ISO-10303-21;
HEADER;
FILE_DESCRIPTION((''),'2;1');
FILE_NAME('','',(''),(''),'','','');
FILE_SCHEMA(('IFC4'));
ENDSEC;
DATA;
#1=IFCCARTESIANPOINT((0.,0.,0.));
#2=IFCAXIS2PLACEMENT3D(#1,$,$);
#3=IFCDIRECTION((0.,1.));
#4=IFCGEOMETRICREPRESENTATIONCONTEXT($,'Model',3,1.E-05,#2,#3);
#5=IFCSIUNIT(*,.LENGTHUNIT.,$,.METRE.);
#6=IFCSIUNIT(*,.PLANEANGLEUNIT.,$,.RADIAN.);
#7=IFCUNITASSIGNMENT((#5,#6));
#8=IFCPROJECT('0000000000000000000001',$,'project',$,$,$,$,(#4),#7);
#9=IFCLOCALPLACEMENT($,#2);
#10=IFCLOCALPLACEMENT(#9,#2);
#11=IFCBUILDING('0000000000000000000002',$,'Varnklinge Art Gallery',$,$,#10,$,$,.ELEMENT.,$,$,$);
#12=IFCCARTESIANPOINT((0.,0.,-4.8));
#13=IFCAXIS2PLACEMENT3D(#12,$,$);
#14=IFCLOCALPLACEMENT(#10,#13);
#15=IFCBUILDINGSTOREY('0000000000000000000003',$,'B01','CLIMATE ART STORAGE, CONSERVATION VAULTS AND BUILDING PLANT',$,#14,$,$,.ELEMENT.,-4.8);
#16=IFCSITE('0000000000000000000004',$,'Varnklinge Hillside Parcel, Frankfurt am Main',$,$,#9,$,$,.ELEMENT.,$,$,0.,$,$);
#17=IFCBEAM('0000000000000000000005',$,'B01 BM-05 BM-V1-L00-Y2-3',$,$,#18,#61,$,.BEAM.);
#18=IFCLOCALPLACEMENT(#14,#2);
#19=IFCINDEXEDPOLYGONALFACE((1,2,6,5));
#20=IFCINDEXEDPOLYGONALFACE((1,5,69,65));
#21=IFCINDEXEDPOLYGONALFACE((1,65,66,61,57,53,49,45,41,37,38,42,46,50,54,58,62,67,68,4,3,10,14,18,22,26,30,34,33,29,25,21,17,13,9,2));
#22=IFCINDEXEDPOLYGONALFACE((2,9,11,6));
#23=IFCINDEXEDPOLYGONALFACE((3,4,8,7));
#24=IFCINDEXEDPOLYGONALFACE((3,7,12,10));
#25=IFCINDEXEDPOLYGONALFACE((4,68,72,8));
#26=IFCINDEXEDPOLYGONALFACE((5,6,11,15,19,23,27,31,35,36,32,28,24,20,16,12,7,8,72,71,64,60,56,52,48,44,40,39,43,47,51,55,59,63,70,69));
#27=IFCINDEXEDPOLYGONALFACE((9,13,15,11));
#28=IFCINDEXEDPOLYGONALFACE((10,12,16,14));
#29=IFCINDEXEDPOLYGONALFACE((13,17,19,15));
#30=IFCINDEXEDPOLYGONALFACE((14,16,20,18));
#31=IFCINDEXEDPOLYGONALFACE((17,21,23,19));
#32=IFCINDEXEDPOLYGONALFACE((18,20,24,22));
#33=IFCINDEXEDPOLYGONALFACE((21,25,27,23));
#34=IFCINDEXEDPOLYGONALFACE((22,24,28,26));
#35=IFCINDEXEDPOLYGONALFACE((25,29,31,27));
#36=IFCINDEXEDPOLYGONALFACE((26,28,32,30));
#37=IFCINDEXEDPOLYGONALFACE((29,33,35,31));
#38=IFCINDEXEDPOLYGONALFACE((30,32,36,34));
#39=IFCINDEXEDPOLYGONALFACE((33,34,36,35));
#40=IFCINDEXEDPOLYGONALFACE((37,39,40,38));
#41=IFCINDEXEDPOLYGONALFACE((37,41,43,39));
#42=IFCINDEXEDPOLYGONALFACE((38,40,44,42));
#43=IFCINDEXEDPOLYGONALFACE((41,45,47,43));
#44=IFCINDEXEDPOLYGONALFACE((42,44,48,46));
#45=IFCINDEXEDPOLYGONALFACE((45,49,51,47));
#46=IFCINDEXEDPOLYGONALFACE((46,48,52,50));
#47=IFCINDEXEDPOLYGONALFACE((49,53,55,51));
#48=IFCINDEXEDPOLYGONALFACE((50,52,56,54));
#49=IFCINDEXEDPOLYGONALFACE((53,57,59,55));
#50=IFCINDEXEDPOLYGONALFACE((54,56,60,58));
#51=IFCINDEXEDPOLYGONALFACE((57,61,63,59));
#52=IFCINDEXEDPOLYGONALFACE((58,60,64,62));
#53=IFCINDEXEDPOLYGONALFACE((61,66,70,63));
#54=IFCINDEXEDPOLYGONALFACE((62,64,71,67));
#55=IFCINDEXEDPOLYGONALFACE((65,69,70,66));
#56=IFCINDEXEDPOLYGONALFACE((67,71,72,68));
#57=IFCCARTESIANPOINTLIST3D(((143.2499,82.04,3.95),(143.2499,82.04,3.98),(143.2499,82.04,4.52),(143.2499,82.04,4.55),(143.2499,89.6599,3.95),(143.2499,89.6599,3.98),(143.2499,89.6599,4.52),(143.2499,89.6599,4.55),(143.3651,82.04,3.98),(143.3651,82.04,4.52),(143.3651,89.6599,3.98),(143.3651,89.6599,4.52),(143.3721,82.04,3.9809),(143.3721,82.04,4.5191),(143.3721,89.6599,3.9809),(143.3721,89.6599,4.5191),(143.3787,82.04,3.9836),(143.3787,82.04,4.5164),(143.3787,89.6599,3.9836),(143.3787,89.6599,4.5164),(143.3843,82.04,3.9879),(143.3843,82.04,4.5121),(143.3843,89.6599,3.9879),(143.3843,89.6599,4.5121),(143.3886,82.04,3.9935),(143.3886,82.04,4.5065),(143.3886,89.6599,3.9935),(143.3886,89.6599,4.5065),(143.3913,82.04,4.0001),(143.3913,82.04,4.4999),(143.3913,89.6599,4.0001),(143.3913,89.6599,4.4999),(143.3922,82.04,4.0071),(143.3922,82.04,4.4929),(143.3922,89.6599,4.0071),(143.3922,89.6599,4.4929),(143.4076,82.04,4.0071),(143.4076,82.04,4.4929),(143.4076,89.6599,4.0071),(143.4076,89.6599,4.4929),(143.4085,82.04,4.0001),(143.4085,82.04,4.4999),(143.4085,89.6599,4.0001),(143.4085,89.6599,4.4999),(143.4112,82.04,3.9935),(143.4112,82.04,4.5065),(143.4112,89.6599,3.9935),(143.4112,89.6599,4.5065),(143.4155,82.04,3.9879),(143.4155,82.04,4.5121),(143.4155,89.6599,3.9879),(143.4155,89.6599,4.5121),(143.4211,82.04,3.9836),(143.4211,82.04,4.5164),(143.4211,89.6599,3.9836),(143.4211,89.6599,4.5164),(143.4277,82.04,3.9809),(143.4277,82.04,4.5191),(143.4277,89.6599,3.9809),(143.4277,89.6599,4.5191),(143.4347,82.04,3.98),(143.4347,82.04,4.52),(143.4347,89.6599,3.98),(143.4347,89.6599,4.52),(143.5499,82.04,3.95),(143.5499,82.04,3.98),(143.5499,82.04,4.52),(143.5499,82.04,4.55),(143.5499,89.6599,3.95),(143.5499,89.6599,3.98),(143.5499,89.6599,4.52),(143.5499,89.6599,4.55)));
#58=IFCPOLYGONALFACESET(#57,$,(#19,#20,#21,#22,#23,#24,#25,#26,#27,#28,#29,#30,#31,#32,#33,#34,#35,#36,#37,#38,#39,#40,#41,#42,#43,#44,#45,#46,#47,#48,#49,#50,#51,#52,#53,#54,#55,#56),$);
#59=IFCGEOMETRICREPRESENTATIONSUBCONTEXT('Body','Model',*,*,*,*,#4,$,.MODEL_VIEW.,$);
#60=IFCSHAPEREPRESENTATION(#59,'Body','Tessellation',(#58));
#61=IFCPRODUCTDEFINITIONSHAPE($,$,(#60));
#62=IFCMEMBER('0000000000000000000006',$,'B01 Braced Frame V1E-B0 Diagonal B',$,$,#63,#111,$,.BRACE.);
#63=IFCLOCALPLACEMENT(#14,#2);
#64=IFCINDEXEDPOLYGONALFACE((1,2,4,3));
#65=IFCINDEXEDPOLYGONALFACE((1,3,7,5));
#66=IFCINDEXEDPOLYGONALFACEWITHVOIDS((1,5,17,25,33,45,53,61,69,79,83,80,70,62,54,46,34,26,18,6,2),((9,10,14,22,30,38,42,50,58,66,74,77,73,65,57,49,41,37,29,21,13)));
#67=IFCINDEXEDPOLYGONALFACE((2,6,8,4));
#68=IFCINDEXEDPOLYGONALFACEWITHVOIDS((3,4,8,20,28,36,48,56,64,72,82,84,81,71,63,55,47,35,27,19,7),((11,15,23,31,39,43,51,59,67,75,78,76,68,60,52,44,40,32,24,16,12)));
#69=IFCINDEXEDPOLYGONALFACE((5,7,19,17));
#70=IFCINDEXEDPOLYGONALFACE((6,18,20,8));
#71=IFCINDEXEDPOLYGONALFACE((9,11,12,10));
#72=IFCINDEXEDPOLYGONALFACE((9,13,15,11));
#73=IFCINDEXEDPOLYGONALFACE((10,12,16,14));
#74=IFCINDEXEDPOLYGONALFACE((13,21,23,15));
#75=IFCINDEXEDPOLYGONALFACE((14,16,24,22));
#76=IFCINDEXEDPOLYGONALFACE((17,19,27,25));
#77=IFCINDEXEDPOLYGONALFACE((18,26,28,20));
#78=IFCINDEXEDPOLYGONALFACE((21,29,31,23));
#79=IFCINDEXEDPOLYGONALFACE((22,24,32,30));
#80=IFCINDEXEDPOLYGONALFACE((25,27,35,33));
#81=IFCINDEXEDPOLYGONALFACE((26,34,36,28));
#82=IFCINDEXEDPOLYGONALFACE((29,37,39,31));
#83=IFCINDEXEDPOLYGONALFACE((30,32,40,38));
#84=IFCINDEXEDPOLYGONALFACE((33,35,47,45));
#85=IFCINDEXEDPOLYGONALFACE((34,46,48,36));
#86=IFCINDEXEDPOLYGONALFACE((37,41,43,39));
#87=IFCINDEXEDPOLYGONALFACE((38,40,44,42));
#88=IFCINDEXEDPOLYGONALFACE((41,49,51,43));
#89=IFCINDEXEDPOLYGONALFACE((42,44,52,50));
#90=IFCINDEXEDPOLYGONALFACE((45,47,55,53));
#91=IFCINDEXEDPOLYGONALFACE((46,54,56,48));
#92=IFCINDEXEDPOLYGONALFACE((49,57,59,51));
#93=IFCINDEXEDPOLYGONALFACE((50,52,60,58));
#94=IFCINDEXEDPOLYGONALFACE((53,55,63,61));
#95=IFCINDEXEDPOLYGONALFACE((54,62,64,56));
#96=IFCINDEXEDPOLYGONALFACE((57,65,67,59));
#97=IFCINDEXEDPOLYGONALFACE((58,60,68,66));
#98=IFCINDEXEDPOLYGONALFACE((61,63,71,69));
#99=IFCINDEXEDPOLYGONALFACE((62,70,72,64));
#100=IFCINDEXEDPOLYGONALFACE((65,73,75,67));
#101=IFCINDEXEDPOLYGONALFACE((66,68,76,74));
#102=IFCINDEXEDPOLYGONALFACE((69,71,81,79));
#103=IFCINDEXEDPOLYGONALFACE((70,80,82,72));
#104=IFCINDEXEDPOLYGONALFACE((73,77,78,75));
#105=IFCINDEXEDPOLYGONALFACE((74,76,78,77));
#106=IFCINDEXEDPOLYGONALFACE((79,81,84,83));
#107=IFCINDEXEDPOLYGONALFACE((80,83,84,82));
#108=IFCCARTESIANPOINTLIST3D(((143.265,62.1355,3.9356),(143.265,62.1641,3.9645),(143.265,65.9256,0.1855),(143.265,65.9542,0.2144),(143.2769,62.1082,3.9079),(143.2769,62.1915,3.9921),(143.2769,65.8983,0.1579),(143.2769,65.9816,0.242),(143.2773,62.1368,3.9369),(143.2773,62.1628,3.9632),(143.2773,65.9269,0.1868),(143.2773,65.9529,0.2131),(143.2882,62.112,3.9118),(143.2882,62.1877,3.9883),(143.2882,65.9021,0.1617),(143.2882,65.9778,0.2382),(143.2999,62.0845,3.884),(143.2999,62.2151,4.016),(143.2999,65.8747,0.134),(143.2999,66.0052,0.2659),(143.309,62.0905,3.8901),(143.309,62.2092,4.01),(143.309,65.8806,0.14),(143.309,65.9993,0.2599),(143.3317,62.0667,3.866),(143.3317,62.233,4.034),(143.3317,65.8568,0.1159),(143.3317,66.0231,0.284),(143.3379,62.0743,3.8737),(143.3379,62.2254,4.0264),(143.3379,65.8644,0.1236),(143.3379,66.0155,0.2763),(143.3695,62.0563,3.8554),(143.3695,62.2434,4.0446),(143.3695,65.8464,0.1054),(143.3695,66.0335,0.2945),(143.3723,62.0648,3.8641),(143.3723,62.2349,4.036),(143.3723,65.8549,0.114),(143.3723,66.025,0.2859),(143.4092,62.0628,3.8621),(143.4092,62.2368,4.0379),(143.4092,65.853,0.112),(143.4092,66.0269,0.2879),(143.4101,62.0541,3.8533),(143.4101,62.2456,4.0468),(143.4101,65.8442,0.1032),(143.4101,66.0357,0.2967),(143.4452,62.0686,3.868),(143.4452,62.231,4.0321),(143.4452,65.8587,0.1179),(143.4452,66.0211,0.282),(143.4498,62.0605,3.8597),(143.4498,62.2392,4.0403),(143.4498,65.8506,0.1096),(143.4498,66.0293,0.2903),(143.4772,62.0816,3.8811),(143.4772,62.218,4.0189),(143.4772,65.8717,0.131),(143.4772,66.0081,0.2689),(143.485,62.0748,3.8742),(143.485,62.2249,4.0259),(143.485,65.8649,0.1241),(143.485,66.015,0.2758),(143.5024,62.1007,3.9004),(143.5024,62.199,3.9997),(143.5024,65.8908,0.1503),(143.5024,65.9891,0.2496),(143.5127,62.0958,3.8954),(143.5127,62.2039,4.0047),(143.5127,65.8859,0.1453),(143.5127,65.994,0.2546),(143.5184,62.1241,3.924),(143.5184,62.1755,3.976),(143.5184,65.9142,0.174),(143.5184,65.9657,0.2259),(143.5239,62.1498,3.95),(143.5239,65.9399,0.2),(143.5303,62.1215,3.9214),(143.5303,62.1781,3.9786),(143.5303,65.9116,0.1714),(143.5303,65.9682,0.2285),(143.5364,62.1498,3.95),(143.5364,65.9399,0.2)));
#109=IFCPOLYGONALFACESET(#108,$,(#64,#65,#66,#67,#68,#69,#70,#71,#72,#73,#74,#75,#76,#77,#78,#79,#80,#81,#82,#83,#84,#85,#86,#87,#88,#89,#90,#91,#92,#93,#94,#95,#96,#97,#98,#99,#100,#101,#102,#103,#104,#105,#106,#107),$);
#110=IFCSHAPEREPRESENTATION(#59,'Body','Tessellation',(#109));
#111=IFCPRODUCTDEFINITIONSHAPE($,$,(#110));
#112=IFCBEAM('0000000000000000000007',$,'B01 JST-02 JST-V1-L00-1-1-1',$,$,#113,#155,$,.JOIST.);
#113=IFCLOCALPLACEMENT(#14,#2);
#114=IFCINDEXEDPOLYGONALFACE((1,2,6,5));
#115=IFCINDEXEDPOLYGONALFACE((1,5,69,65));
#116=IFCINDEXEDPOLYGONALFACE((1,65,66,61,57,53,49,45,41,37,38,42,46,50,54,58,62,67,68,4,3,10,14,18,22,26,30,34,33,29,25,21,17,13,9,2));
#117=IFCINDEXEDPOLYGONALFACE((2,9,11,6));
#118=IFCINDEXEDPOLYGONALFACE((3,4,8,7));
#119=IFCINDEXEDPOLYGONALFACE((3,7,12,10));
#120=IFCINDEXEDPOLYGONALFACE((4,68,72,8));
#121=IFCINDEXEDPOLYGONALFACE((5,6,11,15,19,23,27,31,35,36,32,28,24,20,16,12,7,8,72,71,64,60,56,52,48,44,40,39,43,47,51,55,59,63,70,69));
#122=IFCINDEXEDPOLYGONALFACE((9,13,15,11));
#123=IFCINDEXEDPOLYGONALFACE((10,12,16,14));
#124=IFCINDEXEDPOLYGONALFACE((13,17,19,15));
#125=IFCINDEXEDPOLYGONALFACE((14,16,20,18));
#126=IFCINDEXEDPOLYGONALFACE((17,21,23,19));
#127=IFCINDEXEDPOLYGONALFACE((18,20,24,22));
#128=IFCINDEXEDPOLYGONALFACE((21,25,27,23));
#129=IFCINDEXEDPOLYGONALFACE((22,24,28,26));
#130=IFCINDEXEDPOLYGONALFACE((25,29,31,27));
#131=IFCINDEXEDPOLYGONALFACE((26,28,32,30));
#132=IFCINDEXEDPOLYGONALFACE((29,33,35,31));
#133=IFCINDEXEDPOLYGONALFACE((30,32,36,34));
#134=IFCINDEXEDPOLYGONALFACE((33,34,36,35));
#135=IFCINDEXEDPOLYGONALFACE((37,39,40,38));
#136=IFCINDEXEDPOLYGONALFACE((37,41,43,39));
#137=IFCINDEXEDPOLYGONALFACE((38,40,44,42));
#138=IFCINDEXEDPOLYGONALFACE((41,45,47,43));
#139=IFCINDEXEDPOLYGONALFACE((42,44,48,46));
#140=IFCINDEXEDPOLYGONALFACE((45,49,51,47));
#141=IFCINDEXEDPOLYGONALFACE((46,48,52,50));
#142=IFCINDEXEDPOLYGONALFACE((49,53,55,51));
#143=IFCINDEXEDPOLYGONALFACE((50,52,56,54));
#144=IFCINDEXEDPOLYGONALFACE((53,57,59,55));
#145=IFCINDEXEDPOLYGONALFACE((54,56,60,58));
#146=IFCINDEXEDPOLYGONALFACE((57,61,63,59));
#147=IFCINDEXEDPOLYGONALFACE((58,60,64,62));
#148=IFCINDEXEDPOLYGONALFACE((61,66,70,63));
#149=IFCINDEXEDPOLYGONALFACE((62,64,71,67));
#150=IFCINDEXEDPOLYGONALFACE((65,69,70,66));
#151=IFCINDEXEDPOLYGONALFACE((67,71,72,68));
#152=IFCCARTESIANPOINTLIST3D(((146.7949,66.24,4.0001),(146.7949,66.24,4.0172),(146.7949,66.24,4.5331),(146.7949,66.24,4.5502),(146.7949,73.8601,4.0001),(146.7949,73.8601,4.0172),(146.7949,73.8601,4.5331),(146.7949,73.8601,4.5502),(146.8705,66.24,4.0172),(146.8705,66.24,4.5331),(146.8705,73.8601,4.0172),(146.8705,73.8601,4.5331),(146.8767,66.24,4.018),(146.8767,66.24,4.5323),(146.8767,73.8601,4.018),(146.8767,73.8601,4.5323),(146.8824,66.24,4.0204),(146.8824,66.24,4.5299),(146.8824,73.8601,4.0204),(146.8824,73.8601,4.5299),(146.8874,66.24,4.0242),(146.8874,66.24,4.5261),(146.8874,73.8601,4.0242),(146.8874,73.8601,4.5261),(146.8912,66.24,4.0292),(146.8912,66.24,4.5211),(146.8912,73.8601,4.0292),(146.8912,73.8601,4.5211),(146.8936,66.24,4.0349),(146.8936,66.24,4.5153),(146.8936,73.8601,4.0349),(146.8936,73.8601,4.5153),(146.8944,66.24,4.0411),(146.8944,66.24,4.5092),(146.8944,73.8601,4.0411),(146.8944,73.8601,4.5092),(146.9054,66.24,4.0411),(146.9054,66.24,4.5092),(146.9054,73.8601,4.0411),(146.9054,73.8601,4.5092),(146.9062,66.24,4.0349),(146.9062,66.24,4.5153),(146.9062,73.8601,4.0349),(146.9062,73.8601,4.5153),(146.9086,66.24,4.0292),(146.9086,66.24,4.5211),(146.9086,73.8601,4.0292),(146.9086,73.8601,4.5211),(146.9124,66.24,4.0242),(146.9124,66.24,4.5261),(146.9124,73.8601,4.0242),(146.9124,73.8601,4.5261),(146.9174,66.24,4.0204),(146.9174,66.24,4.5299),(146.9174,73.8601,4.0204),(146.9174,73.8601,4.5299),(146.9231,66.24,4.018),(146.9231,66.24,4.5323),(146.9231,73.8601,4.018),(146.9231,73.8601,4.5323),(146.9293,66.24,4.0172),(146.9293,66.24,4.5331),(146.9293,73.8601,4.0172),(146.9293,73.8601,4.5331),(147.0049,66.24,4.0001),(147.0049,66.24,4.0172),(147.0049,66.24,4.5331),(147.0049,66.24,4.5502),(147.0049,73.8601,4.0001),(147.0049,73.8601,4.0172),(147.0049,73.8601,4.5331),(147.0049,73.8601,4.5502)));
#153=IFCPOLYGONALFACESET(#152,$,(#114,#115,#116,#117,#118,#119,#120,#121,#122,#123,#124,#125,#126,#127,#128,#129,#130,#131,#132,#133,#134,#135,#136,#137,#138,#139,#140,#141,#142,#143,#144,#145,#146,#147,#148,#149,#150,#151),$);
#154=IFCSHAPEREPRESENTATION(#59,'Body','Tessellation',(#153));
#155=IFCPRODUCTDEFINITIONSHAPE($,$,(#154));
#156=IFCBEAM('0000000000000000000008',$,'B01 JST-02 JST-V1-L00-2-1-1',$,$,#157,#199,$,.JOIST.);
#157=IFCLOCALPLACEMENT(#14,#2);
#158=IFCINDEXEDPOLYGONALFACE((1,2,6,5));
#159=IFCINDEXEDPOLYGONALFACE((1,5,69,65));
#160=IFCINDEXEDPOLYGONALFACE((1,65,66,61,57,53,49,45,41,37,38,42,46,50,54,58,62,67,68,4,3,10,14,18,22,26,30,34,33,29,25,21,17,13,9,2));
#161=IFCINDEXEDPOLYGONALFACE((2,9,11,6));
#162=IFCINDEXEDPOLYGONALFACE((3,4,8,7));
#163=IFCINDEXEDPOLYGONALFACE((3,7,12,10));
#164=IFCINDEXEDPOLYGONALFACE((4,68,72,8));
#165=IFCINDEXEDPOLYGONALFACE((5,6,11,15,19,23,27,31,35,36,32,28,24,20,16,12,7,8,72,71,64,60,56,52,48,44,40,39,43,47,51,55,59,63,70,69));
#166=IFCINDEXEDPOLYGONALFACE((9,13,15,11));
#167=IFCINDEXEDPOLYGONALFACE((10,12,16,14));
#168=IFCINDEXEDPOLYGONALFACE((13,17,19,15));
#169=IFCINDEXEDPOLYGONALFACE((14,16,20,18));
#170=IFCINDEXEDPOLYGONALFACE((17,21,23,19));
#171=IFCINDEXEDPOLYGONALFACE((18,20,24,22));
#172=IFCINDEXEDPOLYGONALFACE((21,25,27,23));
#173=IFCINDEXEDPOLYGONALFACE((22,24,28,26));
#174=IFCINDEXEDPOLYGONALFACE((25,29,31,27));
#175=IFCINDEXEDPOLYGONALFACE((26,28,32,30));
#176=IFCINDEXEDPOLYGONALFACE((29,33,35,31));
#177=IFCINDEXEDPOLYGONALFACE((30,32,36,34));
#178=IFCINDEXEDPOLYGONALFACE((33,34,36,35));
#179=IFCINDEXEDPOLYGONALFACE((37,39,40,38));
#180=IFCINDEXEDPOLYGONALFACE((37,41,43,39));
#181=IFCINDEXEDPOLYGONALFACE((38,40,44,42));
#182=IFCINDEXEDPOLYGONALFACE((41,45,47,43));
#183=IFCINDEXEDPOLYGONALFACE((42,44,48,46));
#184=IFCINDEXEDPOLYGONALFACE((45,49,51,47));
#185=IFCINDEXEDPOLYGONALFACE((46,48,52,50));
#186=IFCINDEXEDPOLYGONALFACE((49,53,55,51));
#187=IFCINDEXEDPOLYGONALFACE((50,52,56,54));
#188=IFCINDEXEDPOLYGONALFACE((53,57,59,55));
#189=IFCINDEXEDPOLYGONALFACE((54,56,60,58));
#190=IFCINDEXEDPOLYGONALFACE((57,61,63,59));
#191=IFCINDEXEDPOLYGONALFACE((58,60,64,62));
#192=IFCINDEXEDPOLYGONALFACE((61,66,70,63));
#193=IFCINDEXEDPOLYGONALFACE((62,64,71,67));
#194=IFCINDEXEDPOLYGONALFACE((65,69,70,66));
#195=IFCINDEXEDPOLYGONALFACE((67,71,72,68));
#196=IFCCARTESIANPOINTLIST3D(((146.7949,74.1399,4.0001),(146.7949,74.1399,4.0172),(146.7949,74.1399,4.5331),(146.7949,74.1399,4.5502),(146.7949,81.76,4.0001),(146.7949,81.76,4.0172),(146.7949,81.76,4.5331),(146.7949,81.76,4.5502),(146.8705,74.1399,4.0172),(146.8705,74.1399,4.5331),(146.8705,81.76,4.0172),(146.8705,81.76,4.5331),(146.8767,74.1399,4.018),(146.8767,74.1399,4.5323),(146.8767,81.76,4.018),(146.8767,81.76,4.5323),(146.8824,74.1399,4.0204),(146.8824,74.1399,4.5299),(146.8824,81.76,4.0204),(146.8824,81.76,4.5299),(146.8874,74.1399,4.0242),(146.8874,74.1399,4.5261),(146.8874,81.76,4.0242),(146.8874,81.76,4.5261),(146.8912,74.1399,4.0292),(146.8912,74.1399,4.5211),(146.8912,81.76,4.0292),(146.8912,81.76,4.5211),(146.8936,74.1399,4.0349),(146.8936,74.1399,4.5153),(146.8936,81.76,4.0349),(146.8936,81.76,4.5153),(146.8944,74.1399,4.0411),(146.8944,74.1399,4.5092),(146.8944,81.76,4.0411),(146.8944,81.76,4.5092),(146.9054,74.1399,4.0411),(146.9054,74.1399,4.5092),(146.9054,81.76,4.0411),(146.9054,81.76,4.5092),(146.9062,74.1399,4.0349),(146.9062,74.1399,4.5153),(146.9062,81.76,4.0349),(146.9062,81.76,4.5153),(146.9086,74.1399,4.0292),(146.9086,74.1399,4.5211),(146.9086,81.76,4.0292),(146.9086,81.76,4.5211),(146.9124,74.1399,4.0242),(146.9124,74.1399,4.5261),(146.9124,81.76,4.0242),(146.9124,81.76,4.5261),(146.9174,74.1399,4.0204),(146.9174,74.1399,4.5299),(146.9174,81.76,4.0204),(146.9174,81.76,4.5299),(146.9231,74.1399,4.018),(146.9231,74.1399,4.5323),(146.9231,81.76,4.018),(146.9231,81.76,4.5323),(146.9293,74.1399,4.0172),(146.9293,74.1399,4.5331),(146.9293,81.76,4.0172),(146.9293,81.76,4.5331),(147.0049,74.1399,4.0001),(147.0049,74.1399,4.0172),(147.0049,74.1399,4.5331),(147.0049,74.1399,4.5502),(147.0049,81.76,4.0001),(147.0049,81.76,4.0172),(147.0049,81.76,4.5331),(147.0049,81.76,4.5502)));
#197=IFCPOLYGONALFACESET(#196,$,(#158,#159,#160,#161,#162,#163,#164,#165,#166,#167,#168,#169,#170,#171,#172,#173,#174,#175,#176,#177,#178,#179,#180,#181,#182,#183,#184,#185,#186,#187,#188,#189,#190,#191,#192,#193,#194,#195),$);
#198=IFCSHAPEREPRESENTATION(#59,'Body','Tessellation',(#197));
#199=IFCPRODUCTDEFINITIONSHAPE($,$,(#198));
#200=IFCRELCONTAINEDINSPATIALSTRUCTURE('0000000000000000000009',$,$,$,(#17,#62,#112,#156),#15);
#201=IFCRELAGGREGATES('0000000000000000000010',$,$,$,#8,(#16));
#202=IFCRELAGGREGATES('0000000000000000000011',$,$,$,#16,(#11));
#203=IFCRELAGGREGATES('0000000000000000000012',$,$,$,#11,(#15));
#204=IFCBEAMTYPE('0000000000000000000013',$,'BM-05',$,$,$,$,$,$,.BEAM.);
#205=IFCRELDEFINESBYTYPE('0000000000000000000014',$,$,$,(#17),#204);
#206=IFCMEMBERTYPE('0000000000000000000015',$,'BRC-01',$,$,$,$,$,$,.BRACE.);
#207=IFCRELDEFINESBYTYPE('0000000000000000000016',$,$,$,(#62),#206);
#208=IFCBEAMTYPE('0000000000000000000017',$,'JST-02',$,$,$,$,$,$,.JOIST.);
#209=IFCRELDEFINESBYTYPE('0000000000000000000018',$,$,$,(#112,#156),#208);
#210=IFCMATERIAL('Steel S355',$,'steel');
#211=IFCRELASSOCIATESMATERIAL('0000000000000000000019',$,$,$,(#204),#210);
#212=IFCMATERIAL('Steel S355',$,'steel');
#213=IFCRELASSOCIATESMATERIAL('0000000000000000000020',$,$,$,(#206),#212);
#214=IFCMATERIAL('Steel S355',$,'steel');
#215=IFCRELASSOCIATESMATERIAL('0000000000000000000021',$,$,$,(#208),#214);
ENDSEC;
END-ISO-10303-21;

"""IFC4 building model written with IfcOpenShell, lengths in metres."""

from ifc_helpers import new_model, si_unit, direction, frame, origin, origin_2d, place, context, subcontext, project, spatial, hollow_circle, i_section, extrude, material, material_profile, profile_set, type_object, element, save


model = new_model("IFC4")

# Units and contexts
model_context = context("Model", 3, precision=1e-05, world=origin(), true_north=direction((0.0, 1.0)))
body_context = subcontext(model_context, "Body", "Model", "MODEL_VIEW")
ifc_project = project(units=[si_unit("LENGTHUNIT", "METRE"), si_unit("PLANEANGLEUNIT", "RADIAN")], contexts=[model_context])

# Site, building, storey
site_placement = place(None, origin())
site = spatial("IfcSite", under=ifc_project, at=site_placement, Name="Varnklinge Hillside Parcel, Frankfurt am Main", CompositionType="ELEMENT", RefElevation=0.0)
building_placement = place(site_placement, origin())
building = spatial("IfcBuilding", under=site, at=building_placement, Name="Varnklinge Art Gallery", CompositionType="ELEMENT")
storey_placement = place(building_placement, frame((0.0, 0.0, -4.8)))
storey = spatial("IfcBuildingStorey", under=building, at=storey_placement, Name="B01", Description="CLIMATE ART STORAGE, CONSERVATION VAULTS AND BUILDING PLANT", CompositionType="ELEMENT", Elevation=-4.8)

# Beam
ifc_material_1 = material(Name="Steel S355", Category="steel")
ifc_material_profile_1 = material_profile(ifc_material_1, i_section(OverallWidth=0.3, OverallDepth=0.6001, WebThickness=0.0154, FlangeThickness=0.03, FilletRadius=0.0271, at=origin_2d()), Name="HEB 600")
ifc_profile_set_1 = profile_set([ifc_material_profile_1], Name="Steel S355")
beam_type_1 = type_object("IfcBeamType", Name="BM-05", PredefinedType="BEAM", material=ifc_profile_set_1)
beam_placement = place(storey_placement, frame((143.3999, 82.04, 4.25), z_axis=(0.0, 1.0, 0.0), x_axis=(-1.0, 0.0, 0.0)))
element("IfcBeam", 1, at=beam_placement, inside=storey, type_object=beam_type_1, Name="B01 BM-05 BM-V1-L00-Y2-3", PredefinedType="BEAM", context=body_context, shape_type="SweptSolid", body=[
    extrude(i_section(OverallWidth=0.3, OverallDepth=0.6001, WebThickness=0.0154, FlangeThickness=0.03, FilletRadius=0.0271, at=origin_2d()), origin(), (0.0, 0.0, 1.0), 7.6199),
])

# Member
ifc_material_2 = material(Name="Steel S355", Category="steel")
ifc_material_profile_2 = material_profile(ifc_material_2, hollow_circle(Radius=0.1365, WallThickness=0.0125, at=origin_2d()), Name="CHS 273x12.5")
ifc_profile_set_2 = profile_set([ifc_material_profile_2], Name="Steel S355")
member_type = type_object("IfcMemberType", Name="BRC-01", PredefinedType="BRACE", material=ifc_profile_set_2)
member_placement = place(storey_placement, frame((143.3999, 65.9399, 0.2), z_axis=(0.0, -0.710852, 0.703342), x_axis=(1.0, 0.0, 0.0)))
element("IfcMember", 2, at=member_placement, inside=storey, type_object=member_type, Name="B01 Braced Frame V1E-B0 Diagonal B", PredefinedType="BRACE", context=body_context, shape_type="SweptSolid", body=[
    extrude(hollow_circle(Radius=0.1365, WallThickness=0.0125, at=origin_2d()), origin(), (0.0, 0.0, 1.0), 5.3318),
])

# Beams
ifc_material_3 = material(Name="Steel S355", Category="steel")
ifc_material_profile_3 = material_profile(ifc_material_3, i_section(OverallWidth=0.21, OverallDepth=0.55, WebThickness=0.011, FlangeThickness=0.0171, FilletRadius=0.0239, at=origin_2d()), Name="IPE 550")
ifc_profile_set_3 = profile_set([ifc_material_profile_3], Name="Steel S355")
beam_type_2 = type_object("IfcBeamType", Name="JST-02", PredefinedType="JOIST", material=ifc_profile_set_3)
for number, where, z_axis, x_axis, name in (
    (3, (146.8999, 66.24, 4.2751), (0.0, 1.0, 0.0), (-1.0, 0.0, 0.0), "B01 JST-02 JST-V1-L00-1-1-1"),
    (4, (146.8999, 74.1399, 4.2751), (0.0, 1.0, 0.0), (-1.0, 0.0, 0.0), "B01 JST-02 JST-V1-L00-2-1-1"),
):
    element("IfcBeam", number, at=place(storey_placement, frame(where, z_axis=z_axis, x_axis=x_axis)), inside=storey, type_object=beam_type_2, Name=name, PredefinedType="JOIST", context=body_context, shape_type="SweptSolid", body=[
        extrude(i_section(OverallWidth=0.21, OverallDepth=0.55, WebThickness=0.011, FlangeThickness=0.0171, FilletRadius=0.0239, at=origin_2d()), origin(), (0.0, 0.0, 1.0), 7.6201),
    ])

save(model, "model.ifc")
